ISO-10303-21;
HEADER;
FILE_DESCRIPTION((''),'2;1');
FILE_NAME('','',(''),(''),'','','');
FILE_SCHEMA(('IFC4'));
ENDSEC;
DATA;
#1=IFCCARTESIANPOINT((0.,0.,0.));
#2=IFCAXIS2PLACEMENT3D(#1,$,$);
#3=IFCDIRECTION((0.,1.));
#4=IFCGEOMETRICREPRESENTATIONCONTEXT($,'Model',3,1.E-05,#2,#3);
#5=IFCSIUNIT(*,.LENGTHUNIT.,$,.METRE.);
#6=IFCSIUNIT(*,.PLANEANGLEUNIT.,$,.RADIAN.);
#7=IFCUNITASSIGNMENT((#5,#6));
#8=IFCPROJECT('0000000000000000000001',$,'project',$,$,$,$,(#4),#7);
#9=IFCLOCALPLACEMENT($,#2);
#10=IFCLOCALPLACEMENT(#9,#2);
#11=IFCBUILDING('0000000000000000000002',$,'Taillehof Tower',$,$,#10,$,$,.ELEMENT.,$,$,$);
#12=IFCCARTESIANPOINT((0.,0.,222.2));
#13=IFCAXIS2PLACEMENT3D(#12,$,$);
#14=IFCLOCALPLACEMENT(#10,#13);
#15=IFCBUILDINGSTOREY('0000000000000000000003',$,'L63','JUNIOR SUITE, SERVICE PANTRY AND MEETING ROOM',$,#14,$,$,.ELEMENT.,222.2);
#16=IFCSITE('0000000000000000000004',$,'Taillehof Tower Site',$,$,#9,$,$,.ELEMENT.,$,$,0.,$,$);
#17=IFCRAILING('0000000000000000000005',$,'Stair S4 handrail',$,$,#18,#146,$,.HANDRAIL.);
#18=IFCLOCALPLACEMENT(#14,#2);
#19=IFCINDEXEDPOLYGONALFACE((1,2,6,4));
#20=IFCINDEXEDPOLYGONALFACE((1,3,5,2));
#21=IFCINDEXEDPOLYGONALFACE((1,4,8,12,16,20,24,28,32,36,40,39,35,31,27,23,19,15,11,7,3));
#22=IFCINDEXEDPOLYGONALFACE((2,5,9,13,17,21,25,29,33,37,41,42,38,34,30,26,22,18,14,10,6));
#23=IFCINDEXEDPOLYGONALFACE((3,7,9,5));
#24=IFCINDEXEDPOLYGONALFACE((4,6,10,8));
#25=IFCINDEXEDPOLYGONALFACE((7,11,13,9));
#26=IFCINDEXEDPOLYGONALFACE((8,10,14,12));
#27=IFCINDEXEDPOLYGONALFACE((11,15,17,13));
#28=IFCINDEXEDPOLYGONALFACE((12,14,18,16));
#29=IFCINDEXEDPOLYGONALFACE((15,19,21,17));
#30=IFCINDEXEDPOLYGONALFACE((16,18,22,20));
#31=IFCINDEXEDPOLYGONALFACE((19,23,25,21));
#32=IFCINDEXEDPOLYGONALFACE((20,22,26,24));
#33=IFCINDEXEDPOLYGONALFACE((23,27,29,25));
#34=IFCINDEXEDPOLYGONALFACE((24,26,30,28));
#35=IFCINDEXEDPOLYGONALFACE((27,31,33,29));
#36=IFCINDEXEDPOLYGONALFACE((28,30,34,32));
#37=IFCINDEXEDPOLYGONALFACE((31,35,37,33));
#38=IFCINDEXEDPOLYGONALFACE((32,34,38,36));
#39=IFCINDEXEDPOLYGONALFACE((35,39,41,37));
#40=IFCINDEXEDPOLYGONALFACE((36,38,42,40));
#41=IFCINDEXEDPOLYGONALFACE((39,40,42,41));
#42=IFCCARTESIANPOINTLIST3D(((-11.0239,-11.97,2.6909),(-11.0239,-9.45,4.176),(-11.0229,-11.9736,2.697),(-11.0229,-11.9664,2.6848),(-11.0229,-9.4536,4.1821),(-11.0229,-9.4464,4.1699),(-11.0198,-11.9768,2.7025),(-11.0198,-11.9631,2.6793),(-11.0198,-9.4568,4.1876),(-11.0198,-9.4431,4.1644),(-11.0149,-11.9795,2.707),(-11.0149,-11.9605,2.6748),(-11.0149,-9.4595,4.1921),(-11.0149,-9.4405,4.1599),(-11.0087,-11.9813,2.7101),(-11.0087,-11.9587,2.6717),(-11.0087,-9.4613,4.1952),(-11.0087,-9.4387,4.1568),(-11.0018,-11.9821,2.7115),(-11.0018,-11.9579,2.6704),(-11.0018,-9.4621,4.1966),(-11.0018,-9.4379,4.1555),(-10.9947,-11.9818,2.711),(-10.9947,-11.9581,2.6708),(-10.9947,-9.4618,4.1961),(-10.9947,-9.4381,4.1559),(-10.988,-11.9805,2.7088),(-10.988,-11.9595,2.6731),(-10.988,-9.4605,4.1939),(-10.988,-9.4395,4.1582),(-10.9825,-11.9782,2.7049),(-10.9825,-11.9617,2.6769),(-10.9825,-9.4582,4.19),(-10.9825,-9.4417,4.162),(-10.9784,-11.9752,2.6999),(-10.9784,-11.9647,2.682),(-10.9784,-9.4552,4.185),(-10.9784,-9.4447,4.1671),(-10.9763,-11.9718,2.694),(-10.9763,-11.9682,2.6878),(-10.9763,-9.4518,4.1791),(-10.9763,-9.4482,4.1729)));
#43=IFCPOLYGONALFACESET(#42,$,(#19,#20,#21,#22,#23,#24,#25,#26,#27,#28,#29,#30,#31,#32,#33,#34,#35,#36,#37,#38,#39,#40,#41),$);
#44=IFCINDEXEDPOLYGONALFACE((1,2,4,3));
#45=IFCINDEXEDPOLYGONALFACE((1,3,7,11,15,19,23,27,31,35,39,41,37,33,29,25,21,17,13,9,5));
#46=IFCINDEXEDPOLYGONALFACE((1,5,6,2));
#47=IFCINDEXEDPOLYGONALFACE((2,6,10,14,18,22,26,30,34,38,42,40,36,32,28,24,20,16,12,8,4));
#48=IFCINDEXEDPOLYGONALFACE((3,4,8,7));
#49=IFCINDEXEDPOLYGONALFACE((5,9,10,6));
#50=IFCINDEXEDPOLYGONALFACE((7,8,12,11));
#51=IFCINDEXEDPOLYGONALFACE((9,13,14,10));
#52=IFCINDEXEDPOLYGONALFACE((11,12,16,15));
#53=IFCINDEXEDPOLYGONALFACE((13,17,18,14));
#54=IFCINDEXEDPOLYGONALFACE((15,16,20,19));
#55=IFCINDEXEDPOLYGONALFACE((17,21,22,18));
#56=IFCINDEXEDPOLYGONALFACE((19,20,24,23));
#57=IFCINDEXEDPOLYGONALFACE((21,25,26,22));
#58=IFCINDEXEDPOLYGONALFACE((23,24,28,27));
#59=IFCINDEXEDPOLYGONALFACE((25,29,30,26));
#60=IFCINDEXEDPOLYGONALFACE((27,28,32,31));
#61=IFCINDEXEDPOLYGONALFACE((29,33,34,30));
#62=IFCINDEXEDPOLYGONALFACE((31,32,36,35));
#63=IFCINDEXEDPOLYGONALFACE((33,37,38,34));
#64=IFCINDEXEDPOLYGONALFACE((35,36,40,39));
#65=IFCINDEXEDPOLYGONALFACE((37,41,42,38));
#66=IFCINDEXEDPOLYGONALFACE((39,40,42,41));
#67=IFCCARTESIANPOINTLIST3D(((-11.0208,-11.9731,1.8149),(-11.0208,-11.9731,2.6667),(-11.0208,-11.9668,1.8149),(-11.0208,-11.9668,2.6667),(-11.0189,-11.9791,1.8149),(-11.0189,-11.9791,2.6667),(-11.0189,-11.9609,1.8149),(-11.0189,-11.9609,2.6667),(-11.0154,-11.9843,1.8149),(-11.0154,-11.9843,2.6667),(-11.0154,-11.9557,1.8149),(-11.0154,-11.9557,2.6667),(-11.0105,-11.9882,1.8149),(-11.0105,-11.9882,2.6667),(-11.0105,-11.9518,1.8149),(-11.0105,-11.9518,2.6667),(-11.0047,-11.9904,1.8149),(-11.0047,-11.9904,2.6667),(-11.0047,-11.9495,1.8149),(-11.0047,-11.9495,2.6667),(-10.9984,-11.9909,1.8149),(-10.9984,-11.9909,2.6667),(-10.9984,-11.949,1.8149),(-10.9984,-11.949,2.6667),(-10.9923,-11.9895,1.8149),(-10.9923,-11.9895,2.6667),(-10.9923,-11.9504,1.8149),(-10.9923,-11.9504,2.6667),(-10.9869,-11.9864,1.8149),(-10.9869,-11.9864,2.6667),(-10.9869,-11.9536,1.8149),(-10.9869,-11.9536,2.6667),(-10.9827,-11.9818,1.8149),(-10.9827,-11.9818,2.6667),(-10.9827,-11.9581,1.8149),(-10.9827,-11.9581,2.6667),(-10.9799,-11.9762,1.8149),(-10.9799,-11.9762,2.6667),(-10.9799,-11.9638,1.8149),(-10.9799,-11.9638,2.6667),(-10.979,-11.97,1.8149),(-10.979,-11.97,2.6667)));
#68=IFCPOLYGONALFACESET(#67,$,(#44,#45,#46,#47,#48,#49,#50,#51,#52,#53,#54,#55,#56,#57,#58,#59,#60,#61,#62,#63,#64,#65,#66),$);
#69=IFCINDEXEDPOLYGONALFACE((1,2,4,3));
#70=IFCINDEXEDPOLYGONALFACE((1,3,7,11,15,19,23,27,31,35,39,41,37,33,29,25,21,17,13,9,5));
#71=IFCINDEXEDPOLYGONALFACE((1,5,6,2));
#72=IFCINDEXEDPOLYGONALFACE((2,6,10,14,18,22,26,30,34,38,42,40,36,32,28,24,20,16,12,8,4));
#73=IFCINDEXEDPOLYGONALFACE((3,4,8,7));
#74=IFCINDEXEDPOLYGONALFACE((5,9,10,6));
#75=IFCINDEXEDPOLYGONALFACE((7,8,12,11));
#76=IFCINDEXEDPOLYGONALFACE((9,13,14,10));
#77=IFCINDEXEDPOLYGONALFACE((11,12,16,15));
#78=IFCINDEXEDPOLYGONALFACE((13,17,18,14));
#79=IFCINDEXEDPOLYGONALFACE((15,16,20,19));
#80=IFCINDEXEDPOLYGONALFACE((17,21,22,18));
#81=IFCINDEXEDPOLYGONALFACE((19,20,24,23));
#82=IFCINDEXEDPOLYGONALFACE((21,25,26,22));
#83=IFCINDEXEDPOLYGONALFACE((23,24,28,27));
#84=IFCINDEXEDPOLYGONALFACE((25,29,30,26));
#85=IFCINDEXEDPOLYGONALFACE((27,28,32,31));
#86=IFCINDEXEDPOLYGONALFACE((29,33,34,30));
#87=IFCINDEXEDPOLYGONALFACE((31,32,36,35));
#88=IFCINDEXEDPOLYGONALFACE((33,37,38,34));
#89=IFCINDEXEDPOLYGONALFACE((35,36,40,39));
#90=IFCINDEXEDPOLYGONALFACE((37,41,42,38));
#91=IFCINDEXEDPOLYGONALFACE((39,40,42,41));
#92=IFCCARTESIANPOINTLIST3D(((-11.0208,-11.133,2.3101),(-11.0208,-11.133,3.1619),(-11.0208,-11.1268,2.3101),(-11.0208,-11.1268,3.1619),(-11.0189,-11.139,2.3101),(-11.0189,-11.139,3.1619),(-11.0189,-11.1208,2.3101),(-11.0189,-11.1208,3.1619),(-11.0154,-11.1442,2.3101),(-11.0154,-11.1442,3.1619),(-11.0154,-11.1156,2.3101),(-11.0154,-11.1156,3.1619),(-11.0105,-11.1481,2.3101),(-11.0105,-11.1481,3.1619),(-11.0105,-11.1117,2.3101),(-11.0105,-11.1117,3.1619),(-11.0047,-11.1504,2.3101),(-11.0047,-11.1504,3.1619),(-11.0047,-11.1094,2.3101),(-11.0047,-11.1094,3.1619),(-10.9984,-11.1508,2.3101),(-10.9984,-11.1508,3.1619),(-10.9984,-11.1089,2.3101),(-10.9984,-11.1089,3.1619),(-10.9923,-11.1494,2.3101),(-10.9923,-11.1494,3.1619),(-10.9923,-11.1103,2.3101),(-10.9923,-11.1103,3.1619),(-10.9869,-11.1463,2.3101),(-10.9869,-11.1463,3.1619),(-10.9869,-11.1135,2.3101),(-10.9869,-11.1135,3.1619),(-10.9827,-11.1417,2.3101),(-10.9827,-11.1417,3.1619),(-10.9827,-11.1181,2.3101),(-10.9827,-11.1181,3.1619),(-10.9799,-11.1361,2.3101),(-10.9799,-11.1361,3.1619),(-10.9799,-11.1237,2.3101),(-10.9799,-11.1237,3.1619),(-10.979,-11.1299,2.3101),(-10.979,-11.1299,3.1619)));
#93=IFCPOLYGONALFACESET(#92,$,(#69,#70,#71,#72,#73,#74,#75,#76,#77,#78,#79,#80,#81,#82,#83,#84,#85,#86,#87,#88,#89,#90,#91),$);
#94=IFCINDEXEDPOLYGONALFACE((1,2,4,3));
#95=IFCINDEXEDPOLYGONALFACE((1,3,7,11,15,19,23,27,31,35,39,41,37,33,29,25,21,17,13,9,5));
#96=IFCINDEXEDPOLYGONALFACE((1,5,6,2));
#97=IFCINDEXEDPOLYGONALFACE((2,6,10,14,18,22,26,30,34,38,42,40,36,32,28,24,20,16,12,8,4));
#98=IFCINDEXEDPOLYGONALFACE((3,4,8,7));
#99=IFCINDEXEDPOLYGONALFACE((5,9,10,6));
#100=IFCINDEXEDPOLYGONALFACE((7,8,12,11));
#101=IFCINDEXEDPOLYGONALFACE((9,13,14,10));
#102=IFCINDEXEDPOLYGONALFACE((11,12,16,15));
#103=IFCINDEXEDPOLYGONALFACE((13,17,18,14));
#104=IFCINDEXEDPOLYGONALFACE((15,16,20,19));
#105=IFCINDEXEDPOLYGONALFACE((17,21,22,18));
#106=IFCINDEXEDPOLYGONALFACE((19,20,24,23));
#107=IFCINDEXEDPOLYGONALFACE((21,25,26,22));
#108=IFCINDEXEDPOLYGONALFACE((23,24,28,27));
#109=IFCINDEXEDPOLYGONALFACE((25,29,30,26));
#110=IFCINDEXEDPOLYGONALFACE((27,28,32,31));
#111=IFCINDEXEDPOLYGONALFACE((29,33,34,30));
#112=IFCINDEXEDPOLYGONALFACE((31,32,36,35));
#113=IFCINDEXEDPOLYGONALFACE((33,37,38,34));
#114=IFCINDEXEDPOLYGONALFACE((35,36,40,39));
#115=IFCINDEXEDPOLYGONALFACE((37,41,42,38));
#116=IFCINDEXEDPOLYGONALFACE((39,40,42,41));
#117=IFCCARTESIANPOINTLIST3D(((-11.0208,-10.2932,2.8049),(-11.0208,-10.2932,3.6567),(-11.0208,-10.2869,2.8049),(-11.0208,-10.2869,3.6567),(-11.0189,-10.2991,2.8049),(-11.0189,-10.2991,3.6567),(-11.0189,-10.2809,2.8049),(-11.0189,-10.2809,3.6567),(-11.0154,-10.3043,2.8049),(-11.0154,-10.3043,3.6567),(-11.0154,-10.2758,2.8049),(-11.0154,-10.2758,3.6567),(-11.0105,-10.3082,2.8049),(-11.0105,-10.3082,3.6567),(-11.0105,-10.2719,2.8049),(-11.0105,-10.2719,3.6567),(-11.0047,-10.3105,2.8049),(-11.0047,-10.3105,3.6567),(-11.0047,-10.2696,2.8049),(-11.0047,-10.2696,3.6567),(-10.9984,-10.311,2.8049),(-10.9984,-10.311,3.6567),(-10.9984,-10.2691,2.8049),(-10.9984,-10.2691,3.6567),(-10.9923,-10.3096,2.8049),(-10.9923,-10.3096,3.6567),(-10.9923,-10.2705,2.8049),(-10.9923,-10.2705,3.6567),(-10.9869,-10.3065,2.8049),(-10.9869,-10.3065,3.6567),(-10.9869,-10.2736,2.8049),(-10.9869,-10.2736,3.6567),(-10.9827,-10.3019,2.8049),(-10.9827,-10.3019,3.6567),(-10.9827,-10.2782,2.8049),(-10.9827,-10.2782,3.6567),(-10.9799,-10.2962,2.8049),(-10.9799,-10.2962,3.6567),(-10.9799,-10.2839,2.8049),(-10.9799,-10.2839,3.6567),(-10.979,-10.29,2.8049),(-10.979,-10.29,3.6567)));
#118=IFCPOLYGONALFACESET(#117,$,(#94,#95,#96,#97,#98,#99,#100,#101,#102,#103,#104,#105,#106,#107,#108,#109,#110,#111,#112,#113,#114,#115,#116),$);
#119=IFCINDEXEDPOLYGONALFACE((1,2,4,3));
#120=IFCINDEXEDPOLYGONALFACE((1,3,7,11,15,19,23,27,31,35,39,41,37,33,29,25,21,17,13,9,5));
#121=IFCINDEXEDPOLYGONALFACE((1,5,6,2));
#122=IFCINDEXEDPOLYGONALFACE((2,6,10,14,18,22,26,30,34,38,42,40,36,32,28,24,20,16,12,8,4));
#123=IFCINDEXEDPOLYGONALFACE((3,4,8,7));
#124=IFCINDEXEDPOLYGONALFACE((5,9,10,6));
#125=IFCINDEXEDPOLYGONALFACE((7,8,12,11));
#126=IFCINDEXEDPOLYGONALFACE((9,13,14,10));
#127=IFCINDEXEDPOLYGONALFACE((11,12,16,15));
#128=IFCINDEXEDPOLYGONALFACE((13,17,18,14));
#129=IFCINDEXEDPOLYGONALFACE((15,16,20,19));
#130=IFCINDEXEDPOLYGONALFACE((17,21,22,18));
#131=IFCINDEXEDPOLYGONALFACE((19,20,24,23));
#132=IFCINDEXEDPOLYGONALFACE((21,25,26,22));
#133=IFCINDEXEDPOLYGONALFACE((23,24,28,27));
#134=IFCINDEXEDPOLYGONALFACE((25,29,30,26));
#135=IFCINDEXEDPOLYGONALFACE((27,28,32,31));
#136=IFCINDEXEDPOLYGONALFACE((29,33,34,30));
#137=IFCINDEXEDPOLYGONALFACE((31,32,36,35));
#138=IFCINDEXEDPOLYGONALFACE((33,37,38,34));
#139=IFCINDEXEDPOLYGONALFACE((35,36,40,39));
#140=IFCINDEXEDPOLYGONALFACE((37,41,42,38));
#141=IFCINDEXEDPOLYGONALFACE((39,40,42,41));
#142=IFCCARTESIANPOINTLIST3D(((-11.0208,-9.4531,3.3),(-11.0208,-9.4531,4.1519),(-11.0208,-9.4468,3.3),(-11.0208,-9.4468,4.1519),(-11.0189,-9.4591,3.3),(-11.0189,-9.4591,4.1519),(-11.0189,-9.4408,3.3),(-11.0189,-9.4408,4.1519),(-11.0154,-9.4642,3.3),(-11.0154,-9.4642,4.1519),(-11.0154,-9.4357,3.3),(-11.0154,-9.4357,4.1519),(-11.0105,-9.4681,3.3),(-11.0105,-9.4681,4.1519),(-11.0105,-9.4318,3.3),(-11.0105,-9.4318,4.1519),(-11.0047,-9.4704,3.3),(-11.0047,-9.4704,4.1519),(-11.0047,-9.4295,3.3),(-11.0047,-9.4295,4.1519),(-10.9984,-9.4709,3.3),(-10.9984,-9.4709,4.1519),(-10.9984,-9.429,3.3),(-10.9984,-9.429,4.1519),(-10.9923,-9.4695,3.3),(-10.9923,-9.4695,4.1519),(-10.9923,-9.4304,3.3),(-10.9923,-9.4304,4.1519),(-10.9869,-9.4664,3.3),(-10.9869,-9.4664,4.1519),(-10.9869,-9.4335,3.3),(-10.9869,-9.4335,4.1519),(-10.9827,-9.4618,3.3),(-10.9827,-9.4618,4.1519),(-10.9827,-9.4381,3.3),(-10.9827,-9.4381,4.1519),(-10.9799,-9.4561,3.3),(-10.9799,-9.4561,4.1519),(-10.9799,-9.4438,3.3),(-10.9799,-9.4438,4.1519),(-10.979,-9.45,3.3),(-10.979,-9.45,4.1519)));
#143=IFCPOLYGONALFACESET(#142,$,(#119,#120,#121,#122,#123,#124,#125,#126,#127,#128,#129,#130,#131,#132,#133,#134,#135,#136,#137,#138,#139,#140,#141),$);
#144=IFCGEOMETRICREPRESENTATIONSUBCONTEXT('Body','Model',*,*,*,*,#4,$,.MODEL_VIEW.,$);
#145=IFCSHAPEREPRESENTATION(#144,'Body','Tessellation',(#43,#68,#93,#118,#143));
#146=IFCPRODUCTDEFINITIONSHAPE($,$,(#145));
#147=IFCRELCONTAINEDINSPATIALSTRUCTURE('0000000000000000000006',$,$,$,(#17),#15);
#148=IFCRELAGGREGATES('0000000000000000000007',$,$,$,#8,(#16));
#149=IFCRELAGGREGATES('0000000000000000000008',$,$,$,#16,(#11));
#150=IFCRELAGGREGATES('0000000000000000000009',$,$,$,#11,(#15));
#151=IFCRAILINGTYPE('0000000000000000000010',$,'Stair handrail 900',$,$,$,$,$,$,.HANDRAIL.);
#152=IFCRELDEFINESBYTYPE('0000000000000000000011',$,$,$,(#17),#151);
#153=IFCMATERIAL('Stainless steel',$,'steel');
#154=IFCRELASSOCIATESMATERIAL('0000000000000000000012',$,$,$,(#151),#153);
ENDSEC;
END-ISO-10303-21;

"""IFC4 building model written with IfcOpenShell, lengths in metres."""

from ifc_helpers import new_model, si_unit, direction, frame, origin, origin_2d, place, context, subcontext, project, spatial, circle, extrude, material, type_object, element, save


model = new_model("IFC4")

# Units and contexts
model_context = context("Model", 3, precision=1e-05, world=origin(), true_north=direction((0.0, 1.0)))
body_context = subcontext(model_context, "Body", "Model", "MODEL_VIEW")
ifc_project = project(units=[si_unit("LENGTHUNIT", "METRE"), si_unit("PLANEANGLEUNIT", "RADIAN")], contexts=[model_context])

# Site, building, storey
site_placement = place(None, origin())
site = spatial("IfcSite", under=ifc_project, at=site_placement, Name="Taillehof Tower Site", CompositionType="ELEMENT", RefElevation=0.0)
building_placement = place(site_placement, origin())
building = spatial("IfcBuilding", under=site, at=building_placement, Name="Taillehof Tower", CompositionType="ELEMENT")
storey_placement = place(building_placement, frame((0.0, 0.0, 222.2)))
storey = spatial("IfcBuildingStorey", under=building, at=storey_placement, Name="L63", Description="JUNIOR SUITE, SERVICE PANTRY AND MEETING ROOM", CompositionType="ELEMENT", Elevation=222.2)

# Railing
ifc_material_1 = material(Name="Stainless steel", Category="steel")
railing_type = type_object("IfcRailingType", Name="Stair handrail 900", PredefinedType="HANDRAIL", material=ifc_material_1)
railing_1_placement = place(storey_placement, frame((-11.0, -11.97, 1.8149)))
element("IfcRailing", 1, at=railing_1_placement, inside=storey, type_object=railing_type, Name="Stair S4 handrail", PredefinedType="HANDRAIL", context=body_context, shape_type="SweptSolid", body=[
    extrude(circle(Radius=0.0239, at=origin_2d()), frame((0.0, 0.0, 0.876), z_axis=(0.0, 0.861524, 0.507717), x_axis=(-1.0, 0.0, 0.0)), (0.0, 0.0, 1.0), 2.925),
    extrude(circle(Radius=0.021, at=origin_2d()), origin(), (0.0, 0.0, 1.0), 0.8518),
    extrude(circle(Radius=0.021, at=origin_2d()), frame((0.0, 0.8401, 0.4951)), (0.0, 0.0, 1.0), 0.8518),
    extrude(circle(Radius=0.021, at=origin_2d()), frame((0.0, 1.6799, 0.99)), (0.0, 0.0, 1.0), 0.8518),
    extrude(circle(Radius=0.021, at=origin_2d()), frame((0.0, 2.52, 1.4851)), (0.0, 0.0, 1.0), 0.8518),
])

save(model, "model.ifc")
